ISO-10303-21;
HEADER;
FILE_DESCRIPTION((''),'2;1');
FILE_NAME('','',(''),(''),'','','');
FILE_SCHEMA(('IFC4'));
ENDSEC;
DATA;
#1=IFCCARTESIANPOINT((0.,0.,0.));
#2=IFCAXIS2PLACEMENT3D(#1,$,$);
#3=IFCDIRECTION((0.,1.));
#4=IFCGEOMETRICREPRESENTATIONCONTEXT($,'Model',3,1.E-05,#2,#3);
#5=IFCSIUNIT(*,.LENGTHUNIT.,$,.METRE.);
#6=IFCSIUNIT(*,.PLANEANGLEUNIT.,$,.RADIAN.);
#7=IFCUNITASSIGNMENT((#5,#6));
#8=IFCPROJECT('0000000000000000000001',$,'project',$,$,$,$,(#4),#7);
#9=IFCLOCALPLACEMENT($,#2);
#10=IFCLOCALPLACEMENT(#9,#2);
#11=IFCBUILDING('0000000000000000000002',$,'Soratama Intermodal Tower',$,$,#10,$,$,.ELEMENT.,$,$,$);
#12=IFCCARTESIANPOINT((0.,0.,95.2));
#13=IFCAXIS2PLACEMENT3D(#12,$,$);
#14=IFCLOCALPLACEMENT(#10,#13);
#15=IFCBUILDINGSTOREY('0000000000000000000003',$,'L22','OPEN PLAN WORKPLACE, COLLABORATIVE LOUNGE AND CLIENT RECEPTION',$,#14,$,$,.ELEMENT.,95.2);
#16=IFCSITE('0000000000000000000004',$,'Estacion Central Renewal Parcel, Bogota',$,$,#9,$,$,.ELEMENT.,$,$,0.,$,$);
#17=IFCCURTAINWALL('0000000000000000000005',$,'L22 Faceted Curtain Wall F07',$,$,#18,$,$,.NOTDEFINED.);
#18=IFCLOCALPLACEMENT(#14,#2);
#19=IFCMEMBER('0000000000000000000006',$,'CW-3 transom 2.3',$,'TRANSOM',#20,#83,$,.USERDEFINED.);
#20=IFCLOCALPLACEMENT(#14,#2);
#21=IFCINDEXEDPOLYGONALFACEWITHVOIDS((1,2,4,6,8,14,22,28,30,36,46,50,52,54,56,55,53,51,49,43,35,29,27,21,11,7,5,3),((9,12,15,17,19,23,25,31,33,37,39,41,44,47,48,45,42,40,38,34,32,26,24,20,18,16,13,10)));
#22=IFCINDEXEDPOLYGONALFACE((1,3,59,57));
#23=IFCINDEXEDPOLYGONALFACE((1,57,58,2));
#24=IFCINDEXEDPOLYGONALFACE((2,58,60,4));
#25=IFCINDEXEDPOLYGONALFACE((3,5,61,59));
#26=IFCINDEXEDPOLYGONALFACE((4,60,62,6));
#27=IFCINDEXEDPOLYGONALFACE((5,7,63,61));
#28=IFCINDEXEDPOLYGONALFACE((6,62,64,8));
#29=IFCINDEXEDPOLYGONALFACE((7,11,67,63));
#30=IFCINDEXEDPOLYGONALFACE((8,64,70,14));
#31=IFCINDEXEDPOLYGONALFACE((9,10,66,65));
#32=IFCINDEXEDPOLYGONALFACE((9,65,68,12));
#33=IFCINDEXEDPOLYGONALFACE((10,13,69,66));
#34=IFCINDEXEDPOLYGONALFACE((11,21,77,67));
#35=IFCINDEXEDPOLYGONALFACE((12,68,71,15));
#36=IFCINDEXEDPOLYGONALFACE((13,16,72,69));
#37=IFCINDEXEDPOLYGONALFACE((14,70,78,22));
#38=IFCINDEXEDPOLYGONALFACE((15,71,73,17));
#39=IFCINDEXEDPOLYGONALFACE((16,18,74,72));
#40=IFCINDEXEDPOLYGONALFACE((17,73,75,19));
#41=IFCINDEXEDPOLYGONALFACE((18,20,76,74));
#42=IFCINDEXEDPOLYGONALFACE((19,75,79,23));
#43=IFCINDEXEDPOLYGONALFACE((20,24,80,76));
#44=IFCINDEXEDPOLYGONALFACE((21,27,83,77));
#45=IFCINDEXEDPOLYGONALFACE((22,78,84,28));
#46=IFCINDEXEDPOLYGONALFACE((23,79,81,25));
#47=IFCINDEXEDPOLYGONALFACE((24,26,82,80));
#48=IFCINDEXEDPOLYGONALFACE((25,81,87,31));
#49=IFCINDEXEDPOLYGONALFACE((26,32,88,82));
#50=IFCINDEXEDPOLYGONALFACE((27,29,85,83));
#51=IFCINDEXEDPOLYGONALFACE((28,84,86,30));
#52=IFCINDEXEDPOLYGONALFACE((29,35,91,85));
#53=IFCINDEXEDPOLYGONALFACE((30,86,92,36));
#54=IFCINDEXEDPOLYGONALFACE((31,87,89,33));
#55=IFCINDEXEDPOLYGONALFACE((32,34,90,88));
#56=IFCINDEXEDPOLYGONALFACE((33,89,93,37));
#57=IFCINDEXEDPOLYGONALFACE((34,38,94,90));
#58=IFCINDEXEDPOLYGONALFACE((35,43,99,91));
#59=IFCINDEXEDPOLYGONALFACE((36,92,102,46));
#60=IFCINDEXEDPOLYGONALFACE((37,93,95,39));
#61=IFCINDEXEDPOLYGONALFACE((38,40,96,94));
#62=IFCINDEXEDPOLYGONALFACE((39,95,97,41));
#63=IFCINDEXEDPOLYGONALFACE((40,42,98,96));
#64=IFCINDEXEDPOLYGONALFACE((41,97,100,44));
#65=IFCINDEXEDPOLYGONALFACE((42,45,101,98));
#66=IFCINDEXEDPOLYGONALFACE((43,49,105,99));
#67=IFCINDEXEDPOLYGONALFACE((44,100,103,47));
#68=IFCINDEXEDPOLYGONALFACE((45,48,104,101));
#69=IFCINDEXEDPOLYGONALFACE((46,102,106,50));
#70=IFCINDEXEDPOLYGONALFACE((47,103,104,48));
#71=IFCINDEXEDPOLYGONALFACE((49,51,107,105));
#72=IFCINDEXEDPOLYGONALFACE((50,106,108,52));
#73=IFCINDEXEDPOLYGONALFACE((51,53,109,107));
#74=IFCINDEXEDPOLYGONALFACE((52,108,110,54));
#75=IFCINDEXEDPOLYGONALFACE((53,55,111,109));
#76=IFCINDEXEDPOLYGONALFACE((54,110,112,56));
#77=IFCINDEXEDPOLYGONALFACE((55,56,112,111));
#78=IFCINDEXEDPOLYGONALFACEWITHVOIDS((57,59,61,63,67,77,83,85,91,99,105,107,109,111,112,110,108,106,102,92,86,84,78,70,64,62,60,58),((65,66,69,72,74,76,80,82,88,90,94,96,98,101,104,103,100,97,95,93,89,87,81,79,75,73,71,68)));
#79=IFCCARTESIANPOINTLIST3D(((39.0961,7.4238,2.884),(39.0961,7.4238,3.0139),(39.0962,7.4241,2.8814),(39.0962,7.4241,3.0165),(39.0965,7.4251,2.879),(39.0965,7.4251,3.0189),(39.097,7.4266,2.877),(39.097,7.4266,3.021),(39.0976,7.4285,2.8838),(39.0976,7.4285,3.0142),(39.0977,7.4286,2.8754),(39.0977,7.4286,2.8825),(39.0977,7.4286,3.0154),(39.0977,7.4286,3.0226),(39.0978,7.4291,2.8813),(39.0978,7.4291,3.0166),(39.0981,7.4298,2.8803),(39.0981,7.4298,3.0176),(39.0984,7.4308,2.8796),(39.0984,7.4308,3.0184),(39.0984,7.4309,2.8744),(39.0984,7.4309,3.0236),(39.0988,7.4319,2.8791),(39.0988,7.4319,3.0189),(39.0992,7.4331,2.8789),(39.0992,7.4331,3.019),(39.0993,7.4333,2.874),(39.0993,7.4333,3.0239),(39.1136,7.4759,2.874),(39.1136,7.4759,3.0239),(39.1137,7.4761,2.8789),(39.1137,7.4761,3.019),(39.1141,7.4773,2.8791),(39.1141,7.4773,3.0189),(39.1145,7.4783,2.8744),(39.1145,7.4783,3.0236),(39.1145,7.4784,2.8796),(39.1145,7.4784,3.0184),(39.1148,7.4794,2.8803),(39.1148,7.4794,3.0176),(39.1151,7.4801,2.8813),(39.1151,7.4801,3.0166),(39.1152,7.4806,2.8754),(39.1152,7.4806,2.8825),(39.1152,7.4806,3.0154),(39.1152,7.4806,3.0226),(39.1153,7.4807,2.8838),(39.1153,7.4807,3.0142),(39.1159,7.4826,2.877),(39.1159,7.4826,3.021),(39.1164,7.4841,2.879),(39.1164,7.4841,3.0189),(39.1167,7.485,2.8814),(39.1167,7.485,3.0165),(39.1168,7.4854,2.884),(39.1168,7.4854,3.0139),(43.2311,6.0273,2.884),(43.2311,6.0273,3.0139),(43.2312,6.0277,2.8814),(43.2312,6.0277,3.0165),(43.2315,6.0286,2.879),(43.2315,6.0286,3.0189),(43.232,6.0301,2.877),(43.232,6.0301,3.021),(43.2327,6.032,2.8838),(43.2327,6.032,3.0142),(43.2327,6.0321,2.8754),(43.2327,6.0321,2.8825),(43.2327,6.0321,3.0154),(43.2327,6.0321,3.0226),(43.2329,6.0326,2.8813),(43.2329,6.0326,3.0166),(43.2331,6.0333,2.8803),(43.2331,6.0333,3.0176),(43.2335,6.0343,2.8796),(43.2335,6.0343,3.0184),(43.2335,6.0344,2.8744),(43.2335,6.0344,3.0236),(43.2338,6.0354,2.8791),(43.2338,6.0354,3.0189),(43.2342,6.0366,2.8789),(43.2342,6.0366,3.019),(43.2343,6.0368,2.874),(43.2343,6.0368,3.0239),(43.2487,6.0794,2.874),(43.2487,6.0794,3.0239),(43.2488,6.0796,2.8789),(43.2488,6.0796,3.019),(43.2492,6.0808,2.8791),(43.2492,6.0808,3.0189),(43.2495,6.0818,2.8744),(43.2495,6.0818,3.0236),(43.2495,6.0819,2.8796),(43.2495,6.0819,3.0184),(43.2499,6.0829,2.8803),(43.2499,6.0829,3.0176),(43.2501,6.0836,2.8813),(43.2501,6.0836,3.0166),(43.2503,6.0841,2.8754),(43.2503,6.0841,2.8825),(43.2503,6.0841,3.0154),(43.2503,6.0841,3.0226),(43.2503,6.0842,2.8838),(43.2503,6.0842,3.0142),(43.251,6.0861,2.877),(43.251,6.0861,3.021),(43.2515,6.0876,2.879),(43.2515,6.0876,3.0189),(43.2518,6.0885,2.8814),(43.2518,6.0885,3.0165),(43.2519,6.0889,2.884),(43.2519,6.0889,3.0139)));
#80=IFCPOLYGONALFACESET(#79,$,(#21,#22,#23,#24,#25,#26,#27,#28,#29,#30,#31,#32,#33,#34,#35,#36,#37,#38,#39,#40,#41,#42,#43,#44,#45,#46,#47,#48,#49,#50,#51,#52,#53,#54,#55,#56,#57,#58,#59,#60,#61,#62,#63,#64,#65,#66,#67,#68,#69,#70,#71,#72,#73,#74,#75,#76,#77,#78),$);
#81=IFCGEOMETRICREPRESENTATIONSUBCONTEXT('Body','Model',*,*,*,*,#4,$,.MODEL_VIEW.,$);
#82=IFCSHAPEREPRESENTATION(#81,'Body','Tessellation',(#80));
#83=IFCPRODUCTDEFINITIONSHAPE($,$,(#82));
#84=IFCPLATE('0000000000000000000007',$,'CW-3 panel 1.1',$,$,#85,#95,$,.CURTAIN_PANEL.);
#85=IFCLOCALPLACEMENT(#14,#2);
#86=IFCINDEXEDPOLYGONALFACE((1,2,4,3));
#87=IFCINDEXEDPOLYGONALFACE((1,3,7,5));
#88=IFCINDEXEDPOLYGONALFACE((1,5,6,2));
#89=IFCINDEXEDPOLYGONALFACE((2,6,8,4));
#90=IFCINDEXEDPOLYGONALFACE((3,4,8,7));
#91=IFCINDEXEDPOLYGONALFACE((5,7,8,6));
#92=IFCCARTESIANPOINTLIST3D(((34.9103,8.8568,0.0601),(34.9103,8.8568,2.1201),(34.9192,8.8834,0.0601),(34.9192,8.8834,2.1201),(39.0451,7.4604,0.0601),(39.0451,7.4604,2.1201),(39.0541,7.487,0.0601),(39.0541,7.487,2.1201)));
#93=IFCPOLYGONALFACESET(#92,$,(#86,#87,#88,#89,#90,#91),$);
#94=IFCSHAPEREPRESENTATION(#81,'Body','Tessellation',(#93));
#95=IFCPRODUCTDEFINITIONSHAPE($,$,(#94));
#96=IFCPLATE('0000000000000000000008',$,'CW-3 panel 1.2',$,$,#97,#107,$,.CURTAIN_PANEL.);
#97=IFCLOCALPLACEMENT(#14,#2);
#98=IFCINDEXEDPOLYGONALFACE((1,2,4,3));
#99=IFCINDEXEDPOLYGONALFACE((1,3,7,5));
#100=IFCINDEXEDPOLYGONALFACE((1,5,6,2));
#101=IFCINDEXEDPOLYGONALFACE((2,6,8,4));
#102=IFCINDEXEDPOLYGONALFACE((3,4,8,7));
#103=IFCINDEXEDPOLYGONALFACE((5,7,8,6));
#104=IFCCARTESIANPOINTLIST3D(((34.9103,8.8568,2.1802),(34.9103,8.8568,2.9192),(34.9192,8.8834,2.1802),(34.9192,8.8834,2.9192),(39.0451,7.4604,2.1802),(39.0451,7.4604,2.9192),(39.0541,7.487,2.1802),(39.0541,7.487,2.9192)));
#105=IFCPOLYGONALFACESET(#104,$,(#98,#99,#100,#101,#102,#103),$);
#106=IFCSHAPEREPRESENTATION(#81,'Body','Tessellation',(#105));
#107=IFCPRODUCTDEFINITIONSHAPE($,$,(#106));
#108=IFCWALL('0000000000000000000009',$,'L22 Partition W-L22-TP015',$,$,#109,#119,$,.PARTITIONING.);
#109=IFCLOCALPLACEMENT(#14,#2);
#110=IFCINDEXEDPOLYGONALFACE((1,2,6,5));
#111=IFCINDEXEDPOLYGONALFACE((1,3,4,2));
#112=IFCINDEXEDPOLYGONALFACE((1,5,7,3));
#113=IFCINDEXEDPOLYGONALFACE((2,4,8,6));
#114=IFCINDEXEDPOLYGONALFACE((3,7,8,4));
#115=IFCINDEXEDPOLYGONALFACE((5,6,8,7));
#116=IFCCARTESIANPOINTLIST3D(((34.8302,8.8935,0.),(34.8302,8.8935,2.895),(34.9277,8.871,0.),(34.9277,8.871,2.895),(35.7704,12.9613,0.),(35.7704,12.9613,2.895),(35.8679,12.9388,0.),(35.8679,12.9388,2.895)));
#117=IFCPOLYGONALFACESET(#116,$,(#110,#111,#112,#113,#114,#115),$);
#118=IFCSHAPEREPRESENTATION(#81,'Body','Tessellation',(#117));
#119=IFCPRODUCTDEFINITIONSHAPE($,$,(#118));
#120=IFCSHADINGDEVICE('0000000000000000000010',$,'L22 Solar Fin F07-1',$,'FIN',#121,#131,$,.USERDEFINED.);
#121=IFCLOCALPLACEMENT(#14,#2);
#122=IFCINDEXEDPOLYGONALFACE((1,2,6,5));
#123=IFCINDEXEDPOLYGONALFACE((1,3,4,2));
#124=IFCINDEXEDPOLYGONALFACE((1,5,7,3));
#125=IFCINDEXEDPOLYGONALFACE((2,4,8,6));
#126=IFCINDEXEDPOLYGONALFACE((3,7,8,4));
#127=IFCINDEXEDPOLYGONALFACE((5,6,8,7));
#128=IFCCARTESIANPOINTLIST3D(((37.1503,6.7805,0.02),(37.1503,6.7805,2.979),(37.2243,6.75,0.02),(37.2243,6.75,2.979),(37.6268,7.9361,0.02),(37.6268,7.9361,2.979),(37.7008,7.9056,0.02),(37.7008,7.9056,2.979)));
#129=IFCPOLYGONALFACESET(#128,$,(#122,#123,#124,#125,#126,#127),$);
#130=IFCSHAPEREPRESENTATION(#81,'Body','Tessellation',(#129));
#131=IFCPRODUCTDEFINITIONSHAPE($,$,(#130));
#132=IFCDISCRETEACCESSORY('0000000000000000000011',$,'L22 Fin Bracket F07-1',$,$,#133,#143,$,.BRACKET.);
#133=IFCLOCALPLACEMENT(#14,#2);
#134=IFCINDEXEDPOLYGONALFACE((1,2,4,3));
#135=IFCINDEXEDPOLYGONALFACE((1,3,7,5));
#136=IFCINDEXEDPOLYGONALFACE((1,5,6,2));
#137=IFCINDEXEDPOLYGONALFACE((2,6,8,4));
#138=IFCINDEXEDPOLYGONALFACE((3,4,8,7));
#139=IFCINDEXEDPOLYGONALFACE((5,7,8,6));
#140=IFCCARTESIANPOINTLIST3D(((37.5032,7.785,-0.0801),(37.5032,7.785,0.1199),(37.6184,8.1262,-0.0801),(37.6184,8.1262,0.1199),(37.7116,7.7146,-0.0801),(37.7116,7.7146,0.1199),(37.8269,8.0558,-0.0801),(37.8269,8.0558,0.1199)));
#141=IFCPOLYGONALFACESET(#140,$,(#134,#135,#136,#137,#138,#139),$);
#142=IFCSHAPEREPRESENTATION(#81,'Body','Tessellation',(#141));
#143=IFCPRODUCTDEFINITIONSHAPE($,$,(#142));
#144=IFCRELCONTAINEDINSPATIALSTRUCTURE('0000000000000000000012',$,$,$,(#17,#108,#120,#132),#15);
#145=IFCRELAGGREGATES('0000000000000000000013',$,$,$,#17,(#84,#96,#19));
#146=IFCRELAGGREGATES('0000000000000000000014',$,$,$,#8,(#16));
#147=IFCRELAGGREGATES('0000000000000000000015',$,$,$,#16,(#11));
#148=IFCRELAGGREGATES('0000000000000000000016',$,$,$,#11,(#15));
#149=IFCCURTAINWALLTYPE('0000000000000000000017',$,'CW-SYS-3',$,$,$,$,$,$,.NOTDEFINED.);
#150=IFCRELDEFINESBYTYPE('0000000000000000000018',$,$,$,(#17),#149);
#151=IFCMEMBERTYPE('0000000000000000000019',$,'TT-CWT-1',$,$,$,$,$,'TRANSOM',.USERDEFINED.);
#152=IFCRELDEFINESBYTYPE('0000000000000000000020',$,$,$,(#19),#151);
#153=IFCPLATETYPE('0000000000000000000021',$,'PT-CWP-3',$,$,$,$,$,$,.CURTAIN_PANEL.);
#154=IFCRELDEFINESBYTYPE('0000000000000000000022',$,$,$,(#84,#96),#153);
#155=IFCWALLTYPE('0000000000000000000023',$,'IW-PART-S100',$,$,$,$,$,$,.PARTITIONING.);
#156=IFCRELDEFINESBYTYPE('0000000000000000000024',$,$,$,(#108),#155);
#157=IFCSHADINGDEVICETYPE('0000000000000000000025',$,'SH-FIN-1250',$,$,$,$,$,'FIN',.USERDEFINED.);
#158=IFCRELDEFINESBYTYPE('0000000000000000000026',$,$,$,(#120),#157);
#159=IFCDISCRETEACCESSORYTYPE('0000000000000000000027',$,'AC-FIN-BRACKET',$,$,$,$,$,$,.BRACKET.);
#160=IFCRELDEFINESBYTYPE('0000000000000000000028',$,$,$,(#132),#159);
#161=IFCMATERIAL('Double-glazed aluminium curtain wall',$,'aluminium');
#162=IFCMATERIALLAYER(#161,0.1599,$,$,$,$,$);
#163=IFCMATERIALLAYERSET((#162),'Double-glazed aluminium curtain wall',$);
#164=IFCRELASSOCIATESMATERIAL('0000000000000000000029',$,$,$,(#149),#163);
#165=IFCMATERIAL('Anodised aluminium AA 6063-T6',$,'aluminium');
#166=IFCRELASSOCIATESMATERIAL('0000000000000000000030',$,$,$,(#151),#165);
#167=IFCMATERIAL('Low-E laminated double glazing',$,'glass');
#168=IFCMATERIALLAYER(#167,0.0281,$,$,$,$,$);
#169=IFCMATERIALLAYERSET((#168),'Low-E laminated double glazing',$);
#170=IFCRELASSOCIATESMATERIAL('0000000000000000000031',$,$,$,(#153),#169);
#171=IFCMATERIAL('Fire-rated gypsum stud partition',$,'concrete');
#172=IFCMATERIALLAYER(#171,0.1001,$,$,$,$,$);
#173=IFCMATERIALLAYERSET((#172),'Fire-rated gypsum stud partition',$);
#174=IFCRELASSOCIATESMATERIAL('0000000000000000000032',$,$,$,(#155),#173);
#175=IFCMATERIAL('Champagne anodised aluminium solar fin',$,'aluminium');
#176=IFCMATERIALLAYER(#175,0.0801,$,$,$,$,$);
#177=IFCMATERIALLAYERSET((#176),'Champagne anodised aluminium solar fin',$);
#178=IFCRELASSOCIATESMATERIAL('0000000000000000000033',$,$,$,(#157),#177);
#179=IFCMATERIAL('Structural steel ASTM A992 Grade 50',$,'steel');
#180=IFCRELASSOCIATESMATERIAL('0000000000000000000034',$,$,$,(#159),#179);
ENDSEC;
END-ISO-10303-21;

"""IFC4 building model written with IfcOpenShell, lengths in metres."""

from ifc_helpers import new_model, si_unit, direction, frame, frame_2d, origin, origin_2d, place, context, subcontext, project, spatial, rectangle, hollow_rectangle, extrude, material, layer, layer_set, material_profile, profile_set, type_object, element, aggregate, save


model = new_model("IFC4")

# Units and contexts
model_context = context("Model", 3, precision=1e-05, world=origin(), true_north=direction((0.0, 1.0)))
body_context = subcontext(model_context, "Body", "Model", "MODEL_VIEW")
ifc_project = project(units=[si_unit("LENGTHUNIT", "METRE"), si_unit("PLANEANGLEUNIT", "RADIAN")], contexts=[model_context])

# Site, building, storey
site_placement = place(None, origin())
site = spatial("IfcSite", under=ifc_project, at=site_placement, Name="Estacion Central Renewal Parcel, Bogota", CompositionType="ELEMENT", RefElevation=0.0)
building_placement = place(site_placement, origin())
building = spatial("IfcBuilding", under=site, at=building_placement, Name="Soratama Intermodal Tower", CompositionType="ELEMENT")
storey_placement = place(building_placement, frame((0.0, 0.0, 95.2)))
storey = spatial("IfcBuildingStorey", under=building, at=storey_placement, Name="L22", Description="OPEN PLAN WORKPLACE, COLLABORATIVE LOUNGE AND CLIENT RECEPTION", CompositionType="ELEMENT", Elevation=95.2)

# Curtain wall, member, plates
ifc_material_1 = material(Name="Double-glazed aluminium curtain wall", Category="aluminium")
ifc_layer_1 = layer(ifc_material_1, 0.1599)
ifc_layer_set_1 = layer_set([ifc_layer_1], Name="Double-glazed aluminium curtain wall")
curtain_wall_type = type_object("IfcCurtainWallType", Name="CW-SYS-3", PredefinedType="NOTDEFINED", material=ifc_layer_set_1)
curtain_wall_placement = place(storey_placement, origin())
curtain_wall = element("IfcCurtainWall", 1, at=curtain_wall_placement, inside=storey, type_object=curtain_wall_type, Name="L22 Faceted Curtain Wall F07", PredefinedType="NOTDEFINED")
ifc_material_2 = material(Name="Anodised aluminium AA 6063-T6", Category="aluminium")
ifc_material_profile_1 = material_profile(ifc_material_2, hollow_rectangle(XDim=0.0649, YDim=0.1499, WallThickness=0.0049, InnerFilletRadius=0.0049, OuterFilletRadius=0.01, at=origin_2d()), Name="CWT150X65X5")
ifc_profile_set_1 = profile_set([ifc_material_profile_1], Name="Anodised aluminium AA 6063-T6")
member_type_1 = type_object("IfcMemberType", Name="TT-CWT-1", ElementType="TRANSOM", PredefinedType="USERDEFINED", material=ifc_profile_set_1)
member_1_placement = place(storey_placement, frame((39.1064, 7.4546, 2.949), z_axis=(0.947428, -0.319968, 0.0), x_axis=(0.319968, 0.947428, 0.0)))
member_1 = element("IfcMember", 2, at=member_1_placement, type_object=member_type_1, Name="CW-3 transom 2.3", ObjectType="TRANSOM", PredefinedType="USERDEFINED", context=body_context, shape_type="SweptSolid", body=[
    extrude(hollow_rectangle(XDim=0.0649, YDim=0.1499, WallThickness=0.0049, InnerFilletRadius=0.0049, OuterFilletRadius=0.01, at=origin_2d()), origin(), (0.0, 0.0, 1.0), 4.3645),
])
ifc_material_3 = material(Name="Low-E laminated double glazing", Category="glass")
ifc_layer_2 = layer(ifc_material_3, 0.0281)
ifc_layer_set_2 = layer_set([ifc_layer_2], Name="Low-E laminated double glazing")
plate_type = type_object("IfcPlateType", Name="PT-CWP-3", PredefinedType="CURTAIN_PANEL", material=ifc_layer_set_2)
plate_1_placement = place(storey_placement, frame((36.9822, 8.1719, 0.0601), z_axis=(0.0, 0.0, 1.0), x_axis=(0.947433, -0.319953, 0.0)))
plate_1 = element("IfcPlate", 3, at=plate_1_placement, type_object=plate_type, Name="CW-3 panel 1.1", PredefinedType="CURTAIN_PANEL", context=body_context, shape_type="SweptSolid", body=[
    extrude(rectangle(XDim=4.3643, YDim=0.0281, at=origin_2d()), origin(), (0.0, 0.0, 1.0), 2.0601),
])
plate_2_placement = place(storey_placement, frame((36.9822, 8.1719, 2.1802), z_axis=(0.0, 0.0, 1.0), x_axis=(0.947433, -0.319953, 0.0)))
plate_2 = element("IfcPlate", 4, at=plate_2_placement, type_object=plate_type, Name="CW-3 panel 1.2", PredefinedType="CURTAIN_PANEL", context=body_context, shape_type="SweptSolid", body=[
    extrude(rectangle(XDim=4.3643, YDim=0.0281, at=origin_2d()), origin(), (0.0, 0.0, 1.0), 0.739),
])
aggregate(curtain_wall, [plate_1, plate_2, member_1])

# Wall
ifc_material_4 = material(Name="Fire-rated gypsum stud partition", Category="concrete")
ifc_layer_3 = layer(ifc_material_4, 0.1001)
ifc_layer_set_3 = layer_set([ifc_layer_3], Name="Fire-rated gypsum stud partition")
wall_type_1 = type_object("IfcWallType", Name="IW-PART-S100", PredefinedType="PARTITIONING", material=ifc_layer_set_3)
wall_1_placement = place(storey_placement, frame((35.8191, 12.95, 0.0), z_axis=(0.0, 0.0, 1.0), x_axis=(-0.225188, -0.974315, 0.0)))
element("IfcWall", 5, at=wall_1_placement, inside=storey, type_object=wall_type_1, Name="L22 Partition W-L22-TP015", PredefinedType="PARTITIONING", context=body_context, shape_type="SweptSolid", body=[
    extrude(rectangle(XDim=4.175, YDim=0.1001, at=frame_2d((2.0874, 0.0))), origin(), (0.0, 0.0, 1.0), 2.895),
])

# Shading device
ifc_material_5 = material(Name="Champagne anodised aluminium solar fin", Category="aluminium")
ifc_layer_4 = layer(ifc_material_5, 0.0801)
ifc_layer_set_4 = layer_set([ifc_layer_4], Name="Champagne anodised aluminium solar fin")
shading_device_type = type_object("IfcShadingDeviceType", Name="SH-FIN-1250", ElementType="FIN", PredefinedType="USERDEFINED", material=ifc_layer_set_4)
shading_device_placement = place(storey_placement, frame((37.4255, 7.343, 0.02), z_axis=(0.0, 0.0, 1.0), x_axis=(-0.381232, -0.92448, 0.0)))
element("IfcShadingDevice", 6, at=shading_device_placement, inside=storey, type_object=shading_device_type, Name="L22 Solar Fin F07-1", ObjectType="FIN", PredefinedType="USERDEFINED", context=body_context, shape_type="SweptSolid", body=[
    extrude(rectangle(XDim=1.25, YDim=0.0801, at=origin_2d()), origin(), (0.0, 0.0, 1.0), 2.959),
])

# Discrete accessory
ifc_material_6 = material(Name="Structural steel ASTM A992 Grade 50", Category="steel")
discrete_accessory_type = type_object("IfcDiscreteAccessoryType", Name="AC-FIN-BRACKET", PredefinedType="BRACKET", material=ifc_material_6)
discrete_accessory_placement = place(storey_placement, frame((37.665, 7.9204, -0.0801), z_axis=(0.0, 0.0, 1.0), x_axis=(-0.319952, -0.947434, 0.0)))
element("IfcDiscreteAccessory", 7, at=discrete_accessory_placement, inside=storey, type_object=discrete_accessory_type, Name="L22 Fin Bracket F07-1", PredefinedType="BRACKET", context=body_context, shape_type="SweptSolid", body=[
    extrude(rectangle(XDim=0.3601, YDim=0.22, at=origin_2d()), origin(), (0.0, 0.0, 1.0), 0.2),
])

save(model, "model.ifc")
